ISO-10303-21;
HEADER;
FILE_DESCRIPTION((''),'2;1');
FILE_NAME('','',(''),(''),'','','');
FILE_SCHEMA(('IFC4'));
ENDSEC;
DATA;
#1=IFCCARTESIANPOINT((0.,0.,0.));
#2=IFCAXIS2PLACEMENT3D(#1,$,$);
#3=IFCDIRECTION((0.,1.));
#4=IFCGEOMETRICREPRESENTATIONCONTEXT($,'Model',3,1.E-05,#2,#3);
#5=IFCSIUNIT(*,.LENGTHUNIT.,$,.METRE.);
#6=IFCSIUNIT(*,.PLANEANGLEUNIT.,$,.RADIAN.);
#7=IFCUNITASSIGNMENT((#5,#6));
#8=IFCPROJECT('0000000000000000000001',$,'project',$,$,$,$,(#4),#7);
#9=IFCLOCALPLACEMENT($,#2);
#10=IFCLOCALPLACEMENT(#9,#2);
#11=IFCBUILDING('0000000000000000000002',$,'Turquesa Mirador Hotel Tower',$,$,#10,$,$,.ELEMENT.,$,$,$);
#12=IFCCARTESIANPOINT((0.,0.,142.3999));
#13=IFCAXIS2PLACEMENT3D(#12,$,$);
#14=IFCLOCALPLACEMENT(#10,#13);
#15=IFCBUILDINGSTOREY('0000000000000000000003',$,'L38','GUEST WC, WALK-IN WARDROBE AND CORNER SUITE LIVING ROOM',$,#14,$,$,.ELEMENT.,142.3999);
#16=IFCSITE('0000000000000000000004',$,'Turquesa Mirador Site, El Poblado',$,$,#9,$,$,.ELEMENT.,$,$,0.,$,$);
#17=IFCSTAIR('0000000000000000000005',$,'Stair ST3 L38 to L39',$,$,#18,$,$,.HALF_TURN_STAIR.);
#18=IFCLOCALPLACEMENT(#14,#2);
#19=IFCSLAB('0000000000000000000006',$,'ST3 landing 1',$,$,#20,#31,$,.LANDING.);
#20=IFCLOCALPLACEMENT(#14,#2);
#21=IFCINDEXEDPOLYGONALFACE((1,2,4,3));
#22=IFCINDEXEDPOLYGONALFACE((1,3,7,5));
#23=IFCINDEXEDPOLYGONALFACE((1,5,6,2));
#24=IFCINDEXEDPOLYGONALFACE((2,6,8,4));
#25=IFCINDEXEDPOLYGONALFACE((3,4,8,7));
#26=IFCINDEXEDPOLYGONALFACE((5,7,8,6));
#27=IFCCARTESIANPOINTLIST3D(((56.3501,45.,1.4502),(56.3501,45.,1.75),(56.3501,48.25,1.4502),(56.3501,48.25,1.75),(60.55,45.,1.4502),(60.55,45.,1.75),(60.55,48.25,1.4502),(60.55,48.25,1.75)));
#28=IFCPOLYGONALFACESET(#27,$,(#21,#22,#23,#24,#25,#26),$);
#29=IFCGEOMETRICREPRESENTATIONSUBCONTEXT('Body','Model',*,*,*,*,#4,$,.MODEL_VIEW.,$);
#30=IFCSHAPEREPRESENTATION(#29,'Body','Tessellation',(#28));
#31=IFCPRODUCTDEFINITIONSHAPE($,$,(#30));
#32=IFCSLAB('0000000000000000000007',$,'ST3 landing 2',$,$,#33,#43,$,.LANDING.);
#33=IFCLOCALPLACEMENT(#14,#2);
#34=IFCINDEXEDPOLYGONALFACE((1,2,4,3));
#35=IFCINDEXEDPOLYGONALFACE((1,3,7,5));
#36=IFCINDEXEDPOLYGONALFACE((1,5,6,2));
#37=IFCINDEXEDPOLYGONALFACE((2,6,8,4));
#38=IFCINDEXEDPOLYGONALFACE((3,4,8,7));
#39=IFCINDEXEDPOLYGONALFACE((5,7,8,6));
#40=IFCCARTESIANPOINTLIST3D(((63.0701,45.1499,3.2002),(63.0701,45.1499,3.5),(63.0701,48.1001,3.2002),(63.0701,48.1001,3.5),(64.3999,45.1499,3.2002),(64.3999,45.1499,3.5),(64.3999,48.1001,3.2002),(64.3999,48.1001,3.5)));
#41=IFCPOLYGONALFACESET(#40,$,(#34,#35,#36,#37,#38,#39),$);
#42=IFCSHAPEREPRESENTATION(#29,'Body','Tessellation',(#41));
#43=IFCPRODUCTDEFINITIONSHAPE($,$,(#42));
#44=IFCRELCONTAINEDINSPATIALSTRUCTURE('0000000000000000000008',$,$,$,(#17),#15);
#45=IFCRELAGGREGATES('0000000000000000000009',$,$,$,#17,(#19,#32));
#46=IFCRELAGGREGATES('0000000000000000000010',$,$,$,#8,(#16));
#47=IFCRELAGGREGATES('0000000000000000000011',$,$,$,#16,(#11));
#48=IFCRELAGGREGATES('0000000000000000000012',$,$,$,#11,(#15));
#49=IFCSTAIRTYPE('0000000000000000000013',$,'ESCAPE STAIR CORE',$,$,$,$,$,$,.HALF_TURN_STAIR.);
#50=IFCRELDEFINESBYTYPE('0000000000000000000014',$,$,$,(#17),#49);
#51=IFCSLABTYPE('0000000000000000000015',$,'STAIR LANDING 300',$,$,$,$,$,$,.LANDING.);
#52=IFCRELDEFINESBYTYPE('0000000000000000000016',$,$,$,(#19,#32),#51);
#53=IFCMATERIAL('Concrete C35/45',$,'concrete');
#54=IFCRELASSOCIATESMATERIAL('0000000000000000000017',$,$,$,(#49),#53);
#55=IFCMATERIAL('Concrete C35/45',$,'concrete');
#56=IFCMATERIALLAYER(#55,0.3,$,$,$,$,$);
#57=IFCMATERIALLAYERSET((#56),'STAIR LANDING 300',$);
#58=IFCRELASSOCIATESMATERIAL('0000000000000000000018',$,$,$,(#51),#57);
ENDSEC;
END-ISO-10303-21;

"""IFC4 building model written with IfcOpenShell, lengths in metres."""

from ifc_helpers import new_model, si_unit, direction, frame, origin, place, context, subcontext, project, spatial, polyline, outline, extrude, material, layer, layer_set, type_object, element, aggregate, save


model = new_model("IFC4")

# Units and contexts
model_context = context("Model", 3, precision=1e-05, world=origin(), true_north=direction((0.0, 1.0)))
body_context = subcontext(model_context, "Body", "Model", "MODEL_VIEW")
ifc_project = project(units=[si_unit("LENGTHUNIT", "METRE"), si_unit("PLANEANGLEUNIT", "RADIAN")], contexts=[model_context])

# Site, building, storey
site_placement = place(None, origin())
site = spatial("IfcSite", under=ifc_project, at=site_placement, Name="Turquesa Mirador Site, El Poblado", CompositionType="ELEMENT", RefElevation=0.0)
building_placement = place(site_placement, origin())
building = spatial("IfcBuilding", under=site, at=building_placement, Name="Turquesa Mirador Hotel Tower", CompositionType="ELEMENT")
storey_placement = place(building_placement, frame((0.0, 0.0, 142.3999)))
storey = spatial("IfcBuildingStorey", under=building, at=storey_placement, Name="L38", Description="GUEST WC, WALK-IN WARDROBE AND CORNER SUITE LIVING ROOM", CompositionType="ELEMENT", Elevation=142.3999)

# Stair, slabs
ifc_material_1 = material(Name="Concrete C35/45", Category="concrete")
stair_type = type_object("IfcStairType", Name="ESCAPE STAIR CORE", PredefinedType="HALF_TURN_STAIR", material=ifc_material_1)
ifc_material_2 = material(Name="Concrete C35/45", Category="concrete")
ifc_layer_1 = layer(ifc_material_2, 0.3)
ifc_layer_set_1 = layer_set([ifc_layer_1], Name="STAIR LANDING 300")
slab_type_1 = type_object("IfcSlabType", Name="STAIR LANDING 300", PredefinedType="LANDING", material=ifc_layer_set_1)
stair_1_placement = place(storey_placement, origin())
stair_1 = element("IfcStair", 1, at=stair_1_placement, inside=storey, type_object=stair_type, Name="Stair ST3 L38 to L39", PredefinedType="HALF_TURN_STAIR")
slab_1_placement = place(storey_placement, frame((0.0, 0.0, 1.4502)))
slab_1 = element("IfcSlab", 2, at=slab_1_placement, type_object=slab_type_1, Name="ST3 landing 1", PredefinedType="LANDING", context=body_context, shape_type="SweptSolid", body=[
    extrude(outline(polyline([(56.3501, 45.0), (60.55, 45.0), (60.55, 48.25), (56.3501, 48.25), (56.3501, 45.0)])), origin(), (0.0, 0.0, 1.0), 0.2998),
])
slab_2_placement = place(storey_placement, frame((0.0, 0.0, 3.2002)))
slab_2 = element("IfcSlab", 3, at=slab_2_placement, type_object=slab_type_1, Name="ST3 landing 2", PredefinedType="LANDING", context=body_context, shape_type="SweptSolid", body=[
    extrude(outline(polyline([(63.0701, 45.1499), (64.3999, 45.1499), (64.3999, 48.1001), (63.0701, 48.1001), (63.0701, 45.1499)])), origin(), (0.0, 0.0, 1.0), 0.2998),
])
aggregate(stair_1, [slab_1, slab_2])

save(model, "model.ifc")
